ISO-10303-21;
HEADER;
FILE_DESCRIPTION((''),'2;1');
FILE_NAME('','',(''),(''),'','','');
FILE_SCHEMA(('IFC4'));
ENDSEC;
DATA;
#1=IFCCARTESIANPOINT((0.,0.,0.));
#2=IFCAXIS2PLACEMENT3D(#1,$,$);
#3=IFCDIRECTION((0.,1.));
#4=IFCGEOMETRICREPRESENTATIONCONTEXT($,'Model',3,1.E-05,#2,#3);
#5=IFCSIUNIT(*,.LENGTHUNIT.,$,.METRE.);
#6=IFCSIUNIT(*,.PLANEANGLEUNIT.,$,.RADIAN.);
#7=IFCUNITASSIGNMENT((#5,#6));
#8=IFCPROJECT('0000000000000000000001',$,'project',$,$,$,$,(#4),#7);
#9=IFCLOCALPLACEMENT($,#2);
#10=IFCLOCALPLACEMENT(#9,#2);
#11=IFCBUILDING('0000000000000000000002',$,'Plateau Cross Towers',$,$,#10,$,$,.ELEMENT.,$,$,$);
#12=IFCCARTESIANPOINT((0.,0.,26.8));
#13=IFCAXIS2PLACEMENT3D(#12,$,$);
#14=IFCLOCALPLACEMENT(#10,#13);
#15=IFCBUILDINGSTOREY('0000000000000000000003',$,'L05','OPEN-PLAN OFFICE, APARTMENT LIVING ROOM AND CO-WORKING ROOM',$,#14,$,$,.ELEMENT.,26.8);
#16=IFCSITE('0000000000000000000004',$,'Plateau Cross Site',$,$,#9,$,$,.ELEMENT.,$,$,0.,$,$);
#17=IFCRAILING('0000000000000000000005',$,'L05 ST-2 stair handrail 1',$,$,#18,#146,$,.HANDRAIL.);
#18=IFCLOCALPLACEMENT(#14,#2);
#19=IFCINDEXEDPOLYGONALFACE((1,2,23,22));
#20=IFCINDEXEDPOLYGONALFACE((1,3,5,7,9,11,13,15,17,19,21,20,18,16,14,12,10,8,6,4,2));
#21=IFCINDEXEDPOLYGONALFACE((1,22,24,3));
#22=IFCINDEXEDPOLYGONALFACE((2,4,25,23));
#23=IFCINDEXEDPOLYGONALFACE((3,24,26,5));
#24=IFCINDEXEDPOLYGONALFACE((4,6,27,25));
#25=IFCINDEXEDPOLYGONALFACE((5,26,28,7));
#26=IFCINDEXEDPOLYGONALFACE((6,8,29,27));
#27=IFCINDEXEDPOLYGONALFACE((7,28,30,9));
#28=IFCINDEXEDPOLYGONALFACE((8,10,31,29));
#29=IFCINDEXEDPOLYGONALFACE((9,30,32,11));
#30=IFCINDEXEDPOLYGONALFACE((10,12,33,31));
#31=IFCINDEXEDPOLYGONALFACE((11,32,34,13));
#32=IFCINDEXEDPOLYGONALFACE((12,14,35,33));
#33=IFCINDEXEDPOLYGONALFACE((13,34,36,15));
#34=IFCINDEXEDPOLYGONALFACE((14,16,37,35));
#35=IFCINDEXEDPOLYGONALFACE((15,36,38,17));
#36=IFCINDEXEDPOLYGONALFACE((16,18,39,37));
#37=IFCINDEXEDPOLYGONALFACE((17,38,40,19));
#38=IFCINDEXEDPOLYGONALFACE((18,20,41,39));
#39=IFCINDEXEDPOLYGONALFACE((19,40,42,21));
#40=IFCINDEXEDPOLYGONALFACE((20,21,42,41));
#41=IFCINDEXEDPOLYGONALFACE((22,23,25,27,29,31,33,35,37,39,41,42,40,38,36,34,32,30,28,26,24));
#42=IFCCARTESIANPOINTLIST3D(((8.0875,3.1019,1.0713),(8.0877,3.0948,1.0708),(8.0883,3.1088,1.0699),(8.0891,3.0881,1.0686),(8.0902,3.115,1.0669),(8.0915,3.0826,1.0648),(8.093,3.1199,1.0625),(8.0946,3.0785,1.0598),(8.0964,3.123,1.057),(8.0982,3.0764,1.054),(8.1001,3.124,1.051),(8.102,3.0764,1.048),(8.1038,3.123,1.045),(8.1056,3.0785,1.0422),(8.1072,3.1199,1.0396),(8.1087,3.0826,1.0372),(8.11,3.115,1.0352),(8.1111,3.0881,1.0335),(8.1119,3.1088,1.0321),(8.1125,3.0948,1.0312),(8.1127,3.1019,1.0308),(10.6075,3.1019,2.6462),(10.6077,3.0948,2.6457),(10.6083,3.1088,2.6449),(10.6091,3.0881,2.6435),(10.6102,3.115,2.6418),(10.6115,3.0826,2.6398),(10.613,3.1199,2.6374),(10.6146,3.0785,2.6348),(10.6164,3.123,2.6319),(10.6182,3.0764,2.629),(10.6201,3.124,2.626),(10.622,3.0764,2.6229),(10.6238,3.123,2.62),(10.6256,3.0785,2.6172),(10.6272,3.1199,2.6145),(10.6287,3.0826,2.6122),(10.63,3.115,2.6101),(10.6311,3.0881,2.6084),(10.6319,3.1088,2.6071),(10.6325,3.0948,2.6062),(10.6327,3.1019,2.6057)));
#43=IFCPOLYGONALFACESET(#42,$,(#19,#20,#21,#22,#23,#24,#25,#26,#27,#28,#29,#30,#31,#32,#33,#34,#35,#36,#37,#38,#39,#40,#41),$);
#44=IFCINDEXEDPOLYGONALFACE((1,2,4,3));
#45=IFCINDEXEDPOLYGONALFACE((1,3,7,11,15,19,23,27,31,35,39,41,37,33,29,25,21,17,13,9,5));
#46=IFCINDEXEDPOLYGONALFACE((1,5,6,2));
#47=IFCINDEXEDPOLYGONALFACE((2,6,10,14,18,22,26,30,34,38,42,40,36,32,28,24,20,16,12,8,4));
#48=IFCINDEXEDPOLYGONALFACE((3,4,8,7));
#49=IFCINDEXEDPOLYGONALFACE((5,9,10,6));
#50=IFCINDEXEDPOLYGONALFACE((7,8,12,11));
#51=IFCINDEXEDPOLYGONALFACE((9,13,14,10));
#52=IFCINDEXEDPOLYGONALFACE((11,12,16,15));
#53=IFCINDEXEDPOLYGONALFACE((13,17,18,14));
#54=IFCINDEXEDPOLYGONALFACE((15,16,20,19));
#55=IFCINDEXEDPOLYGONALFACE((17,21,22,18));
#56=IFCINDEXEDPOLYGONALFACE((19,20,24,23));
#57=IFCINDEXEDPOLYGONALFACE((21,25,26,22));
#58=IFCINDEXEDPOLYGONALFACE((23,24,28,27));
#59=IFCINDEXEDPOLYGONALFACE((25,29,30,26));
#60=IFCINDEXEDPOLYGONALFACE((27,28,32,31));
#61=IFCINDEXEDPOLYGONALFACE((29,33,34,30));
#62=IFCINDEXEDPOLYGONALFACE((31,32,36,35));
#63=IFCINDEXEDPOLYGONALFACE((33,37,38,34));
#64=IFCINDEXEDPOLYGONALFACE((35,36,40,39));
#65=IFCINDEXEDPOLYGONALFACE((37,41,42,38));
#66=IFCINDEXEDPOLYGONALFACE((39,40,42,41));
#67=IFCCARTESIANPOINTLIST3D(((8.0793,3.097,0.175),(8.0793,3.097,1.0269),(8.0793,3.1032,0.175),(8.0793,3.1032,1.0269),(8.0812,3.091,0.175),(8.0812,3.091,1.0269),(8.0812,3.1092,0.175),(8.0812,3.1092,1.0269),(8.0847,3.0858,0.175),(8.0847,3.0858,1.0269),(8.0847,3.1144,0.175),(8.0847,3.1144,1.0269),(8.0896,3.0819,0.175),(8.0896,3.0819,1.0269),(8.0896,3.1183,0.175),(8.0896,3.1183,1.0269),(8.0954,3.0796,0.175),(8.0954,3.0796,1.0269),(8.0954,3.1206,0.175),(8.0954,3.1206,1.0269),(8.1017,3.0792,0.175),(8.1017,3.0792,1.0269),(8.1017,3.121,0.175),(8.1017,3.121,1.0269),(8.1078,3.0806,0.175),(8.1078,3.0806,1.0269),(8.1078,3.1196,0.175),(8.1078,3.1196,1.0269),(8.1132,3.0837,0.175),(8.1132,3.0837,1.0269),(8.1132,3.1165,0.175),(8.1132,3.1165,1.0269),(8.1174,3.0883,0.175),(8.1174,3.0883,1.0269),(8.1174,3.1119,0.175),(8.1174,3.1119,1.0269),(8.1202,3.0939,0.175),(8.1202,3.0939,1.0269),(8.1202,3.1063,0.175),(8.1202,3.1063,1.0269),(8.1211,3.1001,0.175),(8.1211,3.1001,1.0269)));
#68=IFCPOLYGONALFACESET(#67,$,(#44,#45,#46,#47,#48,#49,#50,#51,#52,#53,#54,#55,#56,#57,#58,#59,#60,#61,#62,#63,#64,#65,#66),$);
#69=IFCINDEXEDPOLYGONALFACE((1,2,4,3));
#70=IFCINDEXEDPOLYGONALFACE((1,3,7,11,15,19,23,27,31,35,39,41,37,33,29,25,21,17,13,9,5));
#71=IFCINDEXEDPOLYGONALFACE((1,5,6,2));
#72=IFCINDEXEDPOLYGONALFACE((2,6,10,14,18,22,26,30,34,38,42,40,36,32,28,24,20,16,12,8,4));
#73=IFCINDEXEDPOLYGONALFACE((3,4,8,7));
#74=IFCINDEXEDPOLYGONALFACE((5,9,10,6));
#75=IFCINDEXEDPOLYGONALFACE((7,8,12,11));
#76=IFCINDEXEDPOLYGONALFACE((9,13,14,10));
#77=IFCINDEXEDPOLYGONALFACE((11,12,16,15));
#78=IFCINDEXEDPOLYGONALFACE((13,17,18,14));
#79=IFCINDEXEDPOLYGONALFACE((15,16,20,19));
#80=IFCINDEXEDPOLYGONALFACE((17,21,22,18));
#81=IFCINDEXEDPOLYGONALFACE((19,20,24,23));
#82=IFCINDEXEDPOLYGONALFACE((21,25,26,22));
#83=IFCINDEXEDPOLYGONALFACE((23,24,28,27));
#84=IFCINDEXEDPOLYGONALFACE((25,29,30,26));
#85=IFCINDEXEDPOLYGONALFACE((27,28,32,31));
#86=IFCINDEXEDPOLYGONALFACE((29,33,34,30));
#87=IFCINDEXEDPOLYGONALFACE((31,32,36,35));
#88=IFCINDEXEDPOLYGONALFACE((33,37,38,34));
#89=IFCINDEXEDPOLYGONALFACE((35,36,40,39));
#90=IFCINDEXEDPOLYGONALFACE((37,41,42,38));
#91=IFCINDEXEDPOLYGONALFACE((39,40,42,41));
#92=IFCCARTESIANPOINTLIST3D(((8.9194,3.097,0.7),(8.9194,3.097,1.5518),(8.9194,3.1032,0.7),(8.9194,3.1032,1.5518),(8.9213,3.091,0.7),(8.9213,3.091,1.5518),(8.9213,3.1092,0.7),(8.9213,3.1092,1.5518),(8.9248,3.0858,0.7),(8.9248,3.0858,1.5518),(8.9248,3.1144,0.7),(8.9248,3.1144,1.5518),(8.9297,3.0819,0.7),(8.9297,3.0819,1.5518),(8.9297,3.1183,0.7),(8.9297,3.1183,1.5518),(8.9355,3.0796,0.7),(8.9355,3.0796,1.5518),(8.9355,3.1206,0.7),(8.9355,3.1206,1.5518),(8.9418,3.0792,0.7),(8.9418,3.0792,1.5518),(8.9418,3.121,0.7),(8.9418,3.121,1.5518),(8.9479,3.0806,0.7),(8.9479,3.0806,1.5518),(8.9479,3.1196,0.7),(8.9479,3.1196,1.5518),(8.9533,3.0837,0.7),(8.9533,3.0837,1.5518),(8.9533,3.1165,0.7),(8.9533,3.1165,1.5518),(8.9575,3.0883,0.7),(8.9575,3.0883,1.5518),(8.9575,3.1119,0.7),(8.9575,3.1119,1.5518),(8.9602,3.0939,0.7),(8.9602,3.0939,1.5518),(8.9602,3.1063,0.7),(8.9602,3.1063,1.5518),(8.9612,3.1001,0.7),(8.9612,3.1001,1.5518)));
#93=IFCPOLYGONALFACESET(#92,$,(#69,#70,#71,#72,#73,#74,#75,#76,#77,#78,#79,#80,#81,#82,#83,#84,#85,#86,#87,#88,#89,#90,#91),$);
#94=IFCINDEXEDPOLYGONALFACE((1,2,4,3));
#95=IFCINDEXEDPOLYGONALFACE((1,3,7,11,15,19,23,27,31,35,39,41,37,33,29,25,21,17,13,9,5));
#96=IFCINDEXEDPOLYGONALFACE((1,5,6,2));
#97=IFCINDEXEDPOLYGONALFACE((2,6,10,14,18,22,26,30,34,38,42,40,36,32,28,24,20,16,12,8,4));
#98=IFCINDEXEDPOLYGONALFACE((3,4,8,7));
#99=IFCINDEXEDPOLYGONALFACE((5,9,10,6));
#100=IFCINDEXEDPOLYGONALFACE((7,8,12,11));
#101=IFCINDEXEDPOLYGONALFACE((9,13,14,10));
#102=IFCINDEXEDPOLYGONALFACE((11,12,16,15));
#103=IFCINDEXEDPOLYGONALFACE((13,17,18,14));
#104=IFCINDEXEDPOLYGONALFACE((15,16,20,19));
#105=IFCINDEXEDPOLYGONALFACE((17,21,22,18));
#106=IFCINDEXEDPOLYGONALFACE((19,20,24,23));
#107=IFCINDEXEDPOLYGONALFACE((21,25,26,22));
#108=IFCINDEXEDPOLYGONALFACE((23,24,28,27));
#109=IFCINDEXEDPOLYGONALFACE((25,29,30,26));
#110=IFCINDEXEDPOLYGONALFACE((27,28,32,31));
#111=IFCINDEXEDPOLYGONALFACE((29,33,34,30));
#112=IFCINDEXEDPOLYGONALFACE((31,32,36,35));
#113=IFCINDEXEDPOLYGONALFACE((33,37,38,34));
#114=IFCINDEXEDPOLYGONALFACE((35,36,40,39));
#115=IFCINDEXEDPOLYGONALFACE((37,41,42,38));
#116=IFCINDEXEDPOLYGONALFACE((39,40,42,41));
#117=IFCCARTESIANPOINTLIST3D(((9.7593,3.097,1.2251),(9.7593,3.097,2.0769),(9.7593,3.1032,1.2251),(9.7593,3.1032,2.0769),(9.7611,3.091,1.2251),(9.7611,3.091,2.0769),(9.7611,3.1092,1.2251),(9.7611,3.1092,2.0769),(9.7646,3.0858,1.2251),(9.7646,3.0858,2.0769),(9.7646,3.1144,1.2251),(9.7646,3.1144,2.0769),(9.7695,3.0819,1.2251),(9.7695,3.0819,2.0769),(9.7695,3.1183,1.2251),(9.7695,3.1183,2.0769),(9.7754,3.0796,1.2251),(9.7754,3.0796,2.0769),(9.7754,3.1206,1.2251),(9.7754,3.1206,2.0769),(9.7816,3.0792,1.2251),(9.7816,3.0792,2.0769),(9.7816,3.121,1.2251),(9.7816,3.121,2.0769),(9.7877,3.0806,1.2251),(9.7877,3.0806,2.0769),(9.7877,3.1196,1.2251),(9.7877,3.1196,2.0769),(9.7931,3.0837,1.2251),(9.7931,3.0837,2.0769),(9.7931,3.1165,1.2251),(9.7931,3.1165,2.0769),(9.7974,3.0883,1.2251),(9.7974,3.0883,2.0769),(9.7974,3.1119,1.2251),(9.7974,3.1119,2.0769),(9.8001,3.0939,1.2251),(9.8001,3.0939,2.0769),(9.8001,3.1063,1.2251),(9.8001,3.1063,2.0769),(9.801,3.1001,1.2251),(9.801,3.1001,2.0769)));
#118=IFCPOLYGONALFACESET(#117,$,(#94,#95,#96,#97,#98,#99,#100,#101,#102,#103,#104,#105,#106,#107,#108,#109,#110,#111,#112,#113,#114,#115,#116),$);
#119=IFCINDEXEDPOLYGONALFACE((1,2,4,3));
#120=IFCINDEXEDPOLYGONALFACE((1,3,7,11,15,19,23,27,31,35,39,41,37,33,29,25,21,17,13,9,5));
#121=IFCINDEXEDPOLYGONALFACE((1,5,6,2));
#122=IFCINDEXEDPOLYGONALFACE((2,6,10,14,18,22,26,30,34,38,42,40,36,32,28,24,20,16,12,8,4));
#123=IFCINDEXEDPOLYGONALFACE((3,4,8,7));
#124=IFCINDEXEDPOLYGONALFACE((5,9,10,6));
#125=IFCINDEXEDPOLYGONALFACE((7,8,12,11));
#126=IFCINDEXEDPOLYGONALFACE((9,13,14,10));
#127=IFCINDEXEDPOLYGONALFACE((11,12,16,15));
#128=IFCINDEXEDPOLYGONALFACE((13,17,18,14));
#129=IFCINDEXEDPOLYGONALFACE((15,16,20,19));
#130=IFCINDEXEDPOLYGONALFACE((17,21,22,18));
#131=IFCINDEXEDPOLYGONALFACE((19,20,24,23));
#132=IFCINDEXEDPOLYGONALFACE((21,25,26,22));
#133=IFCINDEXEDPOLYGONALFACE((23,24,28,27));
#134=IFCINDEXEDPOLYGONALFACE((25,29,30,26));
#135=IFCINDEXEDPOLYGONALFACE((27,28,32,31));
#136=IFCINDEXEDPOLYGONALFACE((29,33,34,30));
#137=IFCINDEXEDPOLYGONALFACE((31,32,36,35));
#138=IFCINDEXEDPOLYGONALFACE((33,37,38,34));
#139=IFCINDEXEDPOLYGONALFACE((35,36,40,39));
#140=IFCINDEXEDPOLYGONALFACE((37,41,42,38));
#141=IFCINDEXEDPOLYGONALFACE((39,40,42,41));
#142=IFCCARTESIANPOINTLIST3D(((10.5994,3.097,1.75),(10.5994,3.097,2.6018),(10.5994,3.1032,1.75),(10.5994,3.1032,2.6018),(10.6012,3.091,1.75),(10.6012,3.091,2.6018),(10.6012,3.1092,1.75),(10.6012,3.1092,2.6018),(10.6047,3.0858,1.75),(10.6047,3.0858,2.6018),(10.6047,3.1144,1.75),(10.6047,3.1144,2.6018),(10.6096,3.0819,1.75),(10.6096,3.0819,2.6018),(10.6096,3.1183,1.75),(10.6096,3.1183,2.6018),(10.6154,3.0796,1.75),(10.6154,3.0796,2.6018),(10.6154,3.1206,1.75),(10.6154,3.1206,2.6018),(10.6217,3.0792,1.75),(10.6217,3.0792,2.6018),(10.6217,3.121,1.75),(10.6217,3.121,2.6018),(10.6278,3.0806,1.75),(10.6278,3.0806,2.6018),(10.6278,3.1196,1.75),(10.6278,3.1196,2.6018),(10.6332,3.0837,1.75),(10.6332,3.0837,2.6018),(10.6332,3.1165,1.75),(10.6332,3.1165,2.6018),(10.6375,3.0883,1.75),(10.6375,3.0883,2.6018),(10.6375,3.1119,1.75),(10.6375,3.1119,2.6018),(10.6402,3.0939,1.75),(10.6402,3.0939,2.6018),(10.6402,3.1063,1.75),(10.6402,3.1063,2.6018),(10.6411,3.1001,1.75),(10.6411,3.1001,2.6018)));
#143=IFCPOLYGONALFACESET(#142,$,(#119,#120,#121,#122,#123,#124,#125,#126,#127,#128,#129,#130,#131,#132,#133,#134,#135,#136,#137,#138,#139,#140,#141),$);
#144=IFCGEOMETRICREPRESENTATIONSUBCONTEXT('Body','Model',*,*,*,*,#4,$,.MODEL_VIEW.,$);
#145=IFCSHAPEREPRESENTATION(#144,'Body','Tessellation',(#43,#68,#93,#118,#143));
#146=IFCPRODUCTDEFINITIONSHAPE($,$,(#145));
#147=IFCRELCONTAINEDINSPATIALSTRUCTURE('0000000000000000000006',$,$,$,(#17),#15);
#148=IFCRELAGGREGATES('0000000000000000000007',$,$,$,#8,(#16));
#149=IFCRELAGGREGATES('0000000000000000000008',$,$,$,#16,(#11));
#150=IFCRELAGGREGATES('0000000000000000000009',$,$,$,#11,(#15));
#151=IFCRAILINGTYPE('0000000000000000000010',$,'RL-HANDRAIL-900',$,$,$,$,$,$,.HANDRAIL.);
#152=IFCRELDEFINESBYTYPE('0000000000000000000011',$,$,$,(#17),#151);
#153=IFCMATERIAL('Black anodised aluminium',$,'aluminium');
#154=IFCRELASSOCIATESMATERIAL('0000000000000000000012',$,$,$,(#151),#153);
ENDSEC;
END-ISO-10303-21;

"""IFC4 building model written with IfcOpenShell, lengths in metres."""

from ifc_helpers import new_model, si_unit, direction, frame, origin, origin_2d, place, context, subcontext, project, spatial, circle, extrude, material, type_object, element, save


model = new_model("IFC4")

# Units and contexts
model_context = context("Model", 3, precision=1e-05, world=origin(), true_north=direction((0.0, 1.0)))
body_context = subcontext(model_context, "Body", "Model", "MODEL_VIEW")
ifc_project = project(units=[si_unit("LENGTHUNIT", "METRE"), si_unit("PLANEANGLEUNIT", "RADIAN")], contexts=[model_context])

# Site, building, storey
site_placement = place(None, origin())
site = spatial("IfcSite", under=ifc_project, at=site_placement, Name="Plateau Cross Site", CompositionType="ELEMENT", RefElevation=0.0)
building_placement = place(site_placement, origin())
building = spatial("IfcBuilding", under=site, at=building_placement, Name="Plateau Cross Towers", CompositionType="ELEMENT")
storey_placement = place(building_placement, frame((0.0, 0.0, 26.8)))
storey = spatial("IfcBuildingStorey", under=building, at=storey_placement, Name="L05", Description="OPEN-PLAN OFFICE, APARTMENT LIVING ROOM AND CO-WORKING ROOM", CompositionType="ELEMENT", Elevation=26.8)

# Railing
ifc_material_1 = material(Name="Black anodised aluminium", Category="aluminium")
railing_type_1 = type_object("IfcRailingType", Name="RL-HANDRAIL-900", PredefinedType="HANDRAIL", material=ifc_material_1)
railing_1_placement = place(storey_placement, frame((8.1001, 3.1001, 0.175)))
element("IfcRailing", 1, at=railing_1_placement, inside=storey, type_object=railing_type_1, Name="L05 ST-2 stair handrail 1", PredefinedType="HANDRAIL", context=body_context, shape_type="SweptSolid", body=[
    extrude(circle(Radius=0.0239, at=origin_2d()), frame((0.0, 0.0, 0.876), z_axis=(0.848008, 0.0, 0.529984), x_axis=(0.0, 1.0, 0.0)), (0.0, 0.0, 1.0), 2.9717),
    extrude(circle(Radius=0.021, at=origin_2d()), origin(), (0.0, 0.0, 1.0), 0.8518),
    extrude(circle(Radius=0.021, at=origin_2d()), frame((0.8401, 0.0, 0.5249)), (0.0, 0.0, 1.0), 0.8518),
    extrude(circle(Radius=0.021, at=origin_2d()), frame((1.6799, 0.0, 1.05)), (0.0, 0.0, 1.0), 0.8518),
    extrude(circle(Radius=0.021, at=origin_2d()), frame((2.52, 0.0, 1.575)), (0.0, 0.0, 1.0), 0.8518),
])

save(model, "model.ifc")
